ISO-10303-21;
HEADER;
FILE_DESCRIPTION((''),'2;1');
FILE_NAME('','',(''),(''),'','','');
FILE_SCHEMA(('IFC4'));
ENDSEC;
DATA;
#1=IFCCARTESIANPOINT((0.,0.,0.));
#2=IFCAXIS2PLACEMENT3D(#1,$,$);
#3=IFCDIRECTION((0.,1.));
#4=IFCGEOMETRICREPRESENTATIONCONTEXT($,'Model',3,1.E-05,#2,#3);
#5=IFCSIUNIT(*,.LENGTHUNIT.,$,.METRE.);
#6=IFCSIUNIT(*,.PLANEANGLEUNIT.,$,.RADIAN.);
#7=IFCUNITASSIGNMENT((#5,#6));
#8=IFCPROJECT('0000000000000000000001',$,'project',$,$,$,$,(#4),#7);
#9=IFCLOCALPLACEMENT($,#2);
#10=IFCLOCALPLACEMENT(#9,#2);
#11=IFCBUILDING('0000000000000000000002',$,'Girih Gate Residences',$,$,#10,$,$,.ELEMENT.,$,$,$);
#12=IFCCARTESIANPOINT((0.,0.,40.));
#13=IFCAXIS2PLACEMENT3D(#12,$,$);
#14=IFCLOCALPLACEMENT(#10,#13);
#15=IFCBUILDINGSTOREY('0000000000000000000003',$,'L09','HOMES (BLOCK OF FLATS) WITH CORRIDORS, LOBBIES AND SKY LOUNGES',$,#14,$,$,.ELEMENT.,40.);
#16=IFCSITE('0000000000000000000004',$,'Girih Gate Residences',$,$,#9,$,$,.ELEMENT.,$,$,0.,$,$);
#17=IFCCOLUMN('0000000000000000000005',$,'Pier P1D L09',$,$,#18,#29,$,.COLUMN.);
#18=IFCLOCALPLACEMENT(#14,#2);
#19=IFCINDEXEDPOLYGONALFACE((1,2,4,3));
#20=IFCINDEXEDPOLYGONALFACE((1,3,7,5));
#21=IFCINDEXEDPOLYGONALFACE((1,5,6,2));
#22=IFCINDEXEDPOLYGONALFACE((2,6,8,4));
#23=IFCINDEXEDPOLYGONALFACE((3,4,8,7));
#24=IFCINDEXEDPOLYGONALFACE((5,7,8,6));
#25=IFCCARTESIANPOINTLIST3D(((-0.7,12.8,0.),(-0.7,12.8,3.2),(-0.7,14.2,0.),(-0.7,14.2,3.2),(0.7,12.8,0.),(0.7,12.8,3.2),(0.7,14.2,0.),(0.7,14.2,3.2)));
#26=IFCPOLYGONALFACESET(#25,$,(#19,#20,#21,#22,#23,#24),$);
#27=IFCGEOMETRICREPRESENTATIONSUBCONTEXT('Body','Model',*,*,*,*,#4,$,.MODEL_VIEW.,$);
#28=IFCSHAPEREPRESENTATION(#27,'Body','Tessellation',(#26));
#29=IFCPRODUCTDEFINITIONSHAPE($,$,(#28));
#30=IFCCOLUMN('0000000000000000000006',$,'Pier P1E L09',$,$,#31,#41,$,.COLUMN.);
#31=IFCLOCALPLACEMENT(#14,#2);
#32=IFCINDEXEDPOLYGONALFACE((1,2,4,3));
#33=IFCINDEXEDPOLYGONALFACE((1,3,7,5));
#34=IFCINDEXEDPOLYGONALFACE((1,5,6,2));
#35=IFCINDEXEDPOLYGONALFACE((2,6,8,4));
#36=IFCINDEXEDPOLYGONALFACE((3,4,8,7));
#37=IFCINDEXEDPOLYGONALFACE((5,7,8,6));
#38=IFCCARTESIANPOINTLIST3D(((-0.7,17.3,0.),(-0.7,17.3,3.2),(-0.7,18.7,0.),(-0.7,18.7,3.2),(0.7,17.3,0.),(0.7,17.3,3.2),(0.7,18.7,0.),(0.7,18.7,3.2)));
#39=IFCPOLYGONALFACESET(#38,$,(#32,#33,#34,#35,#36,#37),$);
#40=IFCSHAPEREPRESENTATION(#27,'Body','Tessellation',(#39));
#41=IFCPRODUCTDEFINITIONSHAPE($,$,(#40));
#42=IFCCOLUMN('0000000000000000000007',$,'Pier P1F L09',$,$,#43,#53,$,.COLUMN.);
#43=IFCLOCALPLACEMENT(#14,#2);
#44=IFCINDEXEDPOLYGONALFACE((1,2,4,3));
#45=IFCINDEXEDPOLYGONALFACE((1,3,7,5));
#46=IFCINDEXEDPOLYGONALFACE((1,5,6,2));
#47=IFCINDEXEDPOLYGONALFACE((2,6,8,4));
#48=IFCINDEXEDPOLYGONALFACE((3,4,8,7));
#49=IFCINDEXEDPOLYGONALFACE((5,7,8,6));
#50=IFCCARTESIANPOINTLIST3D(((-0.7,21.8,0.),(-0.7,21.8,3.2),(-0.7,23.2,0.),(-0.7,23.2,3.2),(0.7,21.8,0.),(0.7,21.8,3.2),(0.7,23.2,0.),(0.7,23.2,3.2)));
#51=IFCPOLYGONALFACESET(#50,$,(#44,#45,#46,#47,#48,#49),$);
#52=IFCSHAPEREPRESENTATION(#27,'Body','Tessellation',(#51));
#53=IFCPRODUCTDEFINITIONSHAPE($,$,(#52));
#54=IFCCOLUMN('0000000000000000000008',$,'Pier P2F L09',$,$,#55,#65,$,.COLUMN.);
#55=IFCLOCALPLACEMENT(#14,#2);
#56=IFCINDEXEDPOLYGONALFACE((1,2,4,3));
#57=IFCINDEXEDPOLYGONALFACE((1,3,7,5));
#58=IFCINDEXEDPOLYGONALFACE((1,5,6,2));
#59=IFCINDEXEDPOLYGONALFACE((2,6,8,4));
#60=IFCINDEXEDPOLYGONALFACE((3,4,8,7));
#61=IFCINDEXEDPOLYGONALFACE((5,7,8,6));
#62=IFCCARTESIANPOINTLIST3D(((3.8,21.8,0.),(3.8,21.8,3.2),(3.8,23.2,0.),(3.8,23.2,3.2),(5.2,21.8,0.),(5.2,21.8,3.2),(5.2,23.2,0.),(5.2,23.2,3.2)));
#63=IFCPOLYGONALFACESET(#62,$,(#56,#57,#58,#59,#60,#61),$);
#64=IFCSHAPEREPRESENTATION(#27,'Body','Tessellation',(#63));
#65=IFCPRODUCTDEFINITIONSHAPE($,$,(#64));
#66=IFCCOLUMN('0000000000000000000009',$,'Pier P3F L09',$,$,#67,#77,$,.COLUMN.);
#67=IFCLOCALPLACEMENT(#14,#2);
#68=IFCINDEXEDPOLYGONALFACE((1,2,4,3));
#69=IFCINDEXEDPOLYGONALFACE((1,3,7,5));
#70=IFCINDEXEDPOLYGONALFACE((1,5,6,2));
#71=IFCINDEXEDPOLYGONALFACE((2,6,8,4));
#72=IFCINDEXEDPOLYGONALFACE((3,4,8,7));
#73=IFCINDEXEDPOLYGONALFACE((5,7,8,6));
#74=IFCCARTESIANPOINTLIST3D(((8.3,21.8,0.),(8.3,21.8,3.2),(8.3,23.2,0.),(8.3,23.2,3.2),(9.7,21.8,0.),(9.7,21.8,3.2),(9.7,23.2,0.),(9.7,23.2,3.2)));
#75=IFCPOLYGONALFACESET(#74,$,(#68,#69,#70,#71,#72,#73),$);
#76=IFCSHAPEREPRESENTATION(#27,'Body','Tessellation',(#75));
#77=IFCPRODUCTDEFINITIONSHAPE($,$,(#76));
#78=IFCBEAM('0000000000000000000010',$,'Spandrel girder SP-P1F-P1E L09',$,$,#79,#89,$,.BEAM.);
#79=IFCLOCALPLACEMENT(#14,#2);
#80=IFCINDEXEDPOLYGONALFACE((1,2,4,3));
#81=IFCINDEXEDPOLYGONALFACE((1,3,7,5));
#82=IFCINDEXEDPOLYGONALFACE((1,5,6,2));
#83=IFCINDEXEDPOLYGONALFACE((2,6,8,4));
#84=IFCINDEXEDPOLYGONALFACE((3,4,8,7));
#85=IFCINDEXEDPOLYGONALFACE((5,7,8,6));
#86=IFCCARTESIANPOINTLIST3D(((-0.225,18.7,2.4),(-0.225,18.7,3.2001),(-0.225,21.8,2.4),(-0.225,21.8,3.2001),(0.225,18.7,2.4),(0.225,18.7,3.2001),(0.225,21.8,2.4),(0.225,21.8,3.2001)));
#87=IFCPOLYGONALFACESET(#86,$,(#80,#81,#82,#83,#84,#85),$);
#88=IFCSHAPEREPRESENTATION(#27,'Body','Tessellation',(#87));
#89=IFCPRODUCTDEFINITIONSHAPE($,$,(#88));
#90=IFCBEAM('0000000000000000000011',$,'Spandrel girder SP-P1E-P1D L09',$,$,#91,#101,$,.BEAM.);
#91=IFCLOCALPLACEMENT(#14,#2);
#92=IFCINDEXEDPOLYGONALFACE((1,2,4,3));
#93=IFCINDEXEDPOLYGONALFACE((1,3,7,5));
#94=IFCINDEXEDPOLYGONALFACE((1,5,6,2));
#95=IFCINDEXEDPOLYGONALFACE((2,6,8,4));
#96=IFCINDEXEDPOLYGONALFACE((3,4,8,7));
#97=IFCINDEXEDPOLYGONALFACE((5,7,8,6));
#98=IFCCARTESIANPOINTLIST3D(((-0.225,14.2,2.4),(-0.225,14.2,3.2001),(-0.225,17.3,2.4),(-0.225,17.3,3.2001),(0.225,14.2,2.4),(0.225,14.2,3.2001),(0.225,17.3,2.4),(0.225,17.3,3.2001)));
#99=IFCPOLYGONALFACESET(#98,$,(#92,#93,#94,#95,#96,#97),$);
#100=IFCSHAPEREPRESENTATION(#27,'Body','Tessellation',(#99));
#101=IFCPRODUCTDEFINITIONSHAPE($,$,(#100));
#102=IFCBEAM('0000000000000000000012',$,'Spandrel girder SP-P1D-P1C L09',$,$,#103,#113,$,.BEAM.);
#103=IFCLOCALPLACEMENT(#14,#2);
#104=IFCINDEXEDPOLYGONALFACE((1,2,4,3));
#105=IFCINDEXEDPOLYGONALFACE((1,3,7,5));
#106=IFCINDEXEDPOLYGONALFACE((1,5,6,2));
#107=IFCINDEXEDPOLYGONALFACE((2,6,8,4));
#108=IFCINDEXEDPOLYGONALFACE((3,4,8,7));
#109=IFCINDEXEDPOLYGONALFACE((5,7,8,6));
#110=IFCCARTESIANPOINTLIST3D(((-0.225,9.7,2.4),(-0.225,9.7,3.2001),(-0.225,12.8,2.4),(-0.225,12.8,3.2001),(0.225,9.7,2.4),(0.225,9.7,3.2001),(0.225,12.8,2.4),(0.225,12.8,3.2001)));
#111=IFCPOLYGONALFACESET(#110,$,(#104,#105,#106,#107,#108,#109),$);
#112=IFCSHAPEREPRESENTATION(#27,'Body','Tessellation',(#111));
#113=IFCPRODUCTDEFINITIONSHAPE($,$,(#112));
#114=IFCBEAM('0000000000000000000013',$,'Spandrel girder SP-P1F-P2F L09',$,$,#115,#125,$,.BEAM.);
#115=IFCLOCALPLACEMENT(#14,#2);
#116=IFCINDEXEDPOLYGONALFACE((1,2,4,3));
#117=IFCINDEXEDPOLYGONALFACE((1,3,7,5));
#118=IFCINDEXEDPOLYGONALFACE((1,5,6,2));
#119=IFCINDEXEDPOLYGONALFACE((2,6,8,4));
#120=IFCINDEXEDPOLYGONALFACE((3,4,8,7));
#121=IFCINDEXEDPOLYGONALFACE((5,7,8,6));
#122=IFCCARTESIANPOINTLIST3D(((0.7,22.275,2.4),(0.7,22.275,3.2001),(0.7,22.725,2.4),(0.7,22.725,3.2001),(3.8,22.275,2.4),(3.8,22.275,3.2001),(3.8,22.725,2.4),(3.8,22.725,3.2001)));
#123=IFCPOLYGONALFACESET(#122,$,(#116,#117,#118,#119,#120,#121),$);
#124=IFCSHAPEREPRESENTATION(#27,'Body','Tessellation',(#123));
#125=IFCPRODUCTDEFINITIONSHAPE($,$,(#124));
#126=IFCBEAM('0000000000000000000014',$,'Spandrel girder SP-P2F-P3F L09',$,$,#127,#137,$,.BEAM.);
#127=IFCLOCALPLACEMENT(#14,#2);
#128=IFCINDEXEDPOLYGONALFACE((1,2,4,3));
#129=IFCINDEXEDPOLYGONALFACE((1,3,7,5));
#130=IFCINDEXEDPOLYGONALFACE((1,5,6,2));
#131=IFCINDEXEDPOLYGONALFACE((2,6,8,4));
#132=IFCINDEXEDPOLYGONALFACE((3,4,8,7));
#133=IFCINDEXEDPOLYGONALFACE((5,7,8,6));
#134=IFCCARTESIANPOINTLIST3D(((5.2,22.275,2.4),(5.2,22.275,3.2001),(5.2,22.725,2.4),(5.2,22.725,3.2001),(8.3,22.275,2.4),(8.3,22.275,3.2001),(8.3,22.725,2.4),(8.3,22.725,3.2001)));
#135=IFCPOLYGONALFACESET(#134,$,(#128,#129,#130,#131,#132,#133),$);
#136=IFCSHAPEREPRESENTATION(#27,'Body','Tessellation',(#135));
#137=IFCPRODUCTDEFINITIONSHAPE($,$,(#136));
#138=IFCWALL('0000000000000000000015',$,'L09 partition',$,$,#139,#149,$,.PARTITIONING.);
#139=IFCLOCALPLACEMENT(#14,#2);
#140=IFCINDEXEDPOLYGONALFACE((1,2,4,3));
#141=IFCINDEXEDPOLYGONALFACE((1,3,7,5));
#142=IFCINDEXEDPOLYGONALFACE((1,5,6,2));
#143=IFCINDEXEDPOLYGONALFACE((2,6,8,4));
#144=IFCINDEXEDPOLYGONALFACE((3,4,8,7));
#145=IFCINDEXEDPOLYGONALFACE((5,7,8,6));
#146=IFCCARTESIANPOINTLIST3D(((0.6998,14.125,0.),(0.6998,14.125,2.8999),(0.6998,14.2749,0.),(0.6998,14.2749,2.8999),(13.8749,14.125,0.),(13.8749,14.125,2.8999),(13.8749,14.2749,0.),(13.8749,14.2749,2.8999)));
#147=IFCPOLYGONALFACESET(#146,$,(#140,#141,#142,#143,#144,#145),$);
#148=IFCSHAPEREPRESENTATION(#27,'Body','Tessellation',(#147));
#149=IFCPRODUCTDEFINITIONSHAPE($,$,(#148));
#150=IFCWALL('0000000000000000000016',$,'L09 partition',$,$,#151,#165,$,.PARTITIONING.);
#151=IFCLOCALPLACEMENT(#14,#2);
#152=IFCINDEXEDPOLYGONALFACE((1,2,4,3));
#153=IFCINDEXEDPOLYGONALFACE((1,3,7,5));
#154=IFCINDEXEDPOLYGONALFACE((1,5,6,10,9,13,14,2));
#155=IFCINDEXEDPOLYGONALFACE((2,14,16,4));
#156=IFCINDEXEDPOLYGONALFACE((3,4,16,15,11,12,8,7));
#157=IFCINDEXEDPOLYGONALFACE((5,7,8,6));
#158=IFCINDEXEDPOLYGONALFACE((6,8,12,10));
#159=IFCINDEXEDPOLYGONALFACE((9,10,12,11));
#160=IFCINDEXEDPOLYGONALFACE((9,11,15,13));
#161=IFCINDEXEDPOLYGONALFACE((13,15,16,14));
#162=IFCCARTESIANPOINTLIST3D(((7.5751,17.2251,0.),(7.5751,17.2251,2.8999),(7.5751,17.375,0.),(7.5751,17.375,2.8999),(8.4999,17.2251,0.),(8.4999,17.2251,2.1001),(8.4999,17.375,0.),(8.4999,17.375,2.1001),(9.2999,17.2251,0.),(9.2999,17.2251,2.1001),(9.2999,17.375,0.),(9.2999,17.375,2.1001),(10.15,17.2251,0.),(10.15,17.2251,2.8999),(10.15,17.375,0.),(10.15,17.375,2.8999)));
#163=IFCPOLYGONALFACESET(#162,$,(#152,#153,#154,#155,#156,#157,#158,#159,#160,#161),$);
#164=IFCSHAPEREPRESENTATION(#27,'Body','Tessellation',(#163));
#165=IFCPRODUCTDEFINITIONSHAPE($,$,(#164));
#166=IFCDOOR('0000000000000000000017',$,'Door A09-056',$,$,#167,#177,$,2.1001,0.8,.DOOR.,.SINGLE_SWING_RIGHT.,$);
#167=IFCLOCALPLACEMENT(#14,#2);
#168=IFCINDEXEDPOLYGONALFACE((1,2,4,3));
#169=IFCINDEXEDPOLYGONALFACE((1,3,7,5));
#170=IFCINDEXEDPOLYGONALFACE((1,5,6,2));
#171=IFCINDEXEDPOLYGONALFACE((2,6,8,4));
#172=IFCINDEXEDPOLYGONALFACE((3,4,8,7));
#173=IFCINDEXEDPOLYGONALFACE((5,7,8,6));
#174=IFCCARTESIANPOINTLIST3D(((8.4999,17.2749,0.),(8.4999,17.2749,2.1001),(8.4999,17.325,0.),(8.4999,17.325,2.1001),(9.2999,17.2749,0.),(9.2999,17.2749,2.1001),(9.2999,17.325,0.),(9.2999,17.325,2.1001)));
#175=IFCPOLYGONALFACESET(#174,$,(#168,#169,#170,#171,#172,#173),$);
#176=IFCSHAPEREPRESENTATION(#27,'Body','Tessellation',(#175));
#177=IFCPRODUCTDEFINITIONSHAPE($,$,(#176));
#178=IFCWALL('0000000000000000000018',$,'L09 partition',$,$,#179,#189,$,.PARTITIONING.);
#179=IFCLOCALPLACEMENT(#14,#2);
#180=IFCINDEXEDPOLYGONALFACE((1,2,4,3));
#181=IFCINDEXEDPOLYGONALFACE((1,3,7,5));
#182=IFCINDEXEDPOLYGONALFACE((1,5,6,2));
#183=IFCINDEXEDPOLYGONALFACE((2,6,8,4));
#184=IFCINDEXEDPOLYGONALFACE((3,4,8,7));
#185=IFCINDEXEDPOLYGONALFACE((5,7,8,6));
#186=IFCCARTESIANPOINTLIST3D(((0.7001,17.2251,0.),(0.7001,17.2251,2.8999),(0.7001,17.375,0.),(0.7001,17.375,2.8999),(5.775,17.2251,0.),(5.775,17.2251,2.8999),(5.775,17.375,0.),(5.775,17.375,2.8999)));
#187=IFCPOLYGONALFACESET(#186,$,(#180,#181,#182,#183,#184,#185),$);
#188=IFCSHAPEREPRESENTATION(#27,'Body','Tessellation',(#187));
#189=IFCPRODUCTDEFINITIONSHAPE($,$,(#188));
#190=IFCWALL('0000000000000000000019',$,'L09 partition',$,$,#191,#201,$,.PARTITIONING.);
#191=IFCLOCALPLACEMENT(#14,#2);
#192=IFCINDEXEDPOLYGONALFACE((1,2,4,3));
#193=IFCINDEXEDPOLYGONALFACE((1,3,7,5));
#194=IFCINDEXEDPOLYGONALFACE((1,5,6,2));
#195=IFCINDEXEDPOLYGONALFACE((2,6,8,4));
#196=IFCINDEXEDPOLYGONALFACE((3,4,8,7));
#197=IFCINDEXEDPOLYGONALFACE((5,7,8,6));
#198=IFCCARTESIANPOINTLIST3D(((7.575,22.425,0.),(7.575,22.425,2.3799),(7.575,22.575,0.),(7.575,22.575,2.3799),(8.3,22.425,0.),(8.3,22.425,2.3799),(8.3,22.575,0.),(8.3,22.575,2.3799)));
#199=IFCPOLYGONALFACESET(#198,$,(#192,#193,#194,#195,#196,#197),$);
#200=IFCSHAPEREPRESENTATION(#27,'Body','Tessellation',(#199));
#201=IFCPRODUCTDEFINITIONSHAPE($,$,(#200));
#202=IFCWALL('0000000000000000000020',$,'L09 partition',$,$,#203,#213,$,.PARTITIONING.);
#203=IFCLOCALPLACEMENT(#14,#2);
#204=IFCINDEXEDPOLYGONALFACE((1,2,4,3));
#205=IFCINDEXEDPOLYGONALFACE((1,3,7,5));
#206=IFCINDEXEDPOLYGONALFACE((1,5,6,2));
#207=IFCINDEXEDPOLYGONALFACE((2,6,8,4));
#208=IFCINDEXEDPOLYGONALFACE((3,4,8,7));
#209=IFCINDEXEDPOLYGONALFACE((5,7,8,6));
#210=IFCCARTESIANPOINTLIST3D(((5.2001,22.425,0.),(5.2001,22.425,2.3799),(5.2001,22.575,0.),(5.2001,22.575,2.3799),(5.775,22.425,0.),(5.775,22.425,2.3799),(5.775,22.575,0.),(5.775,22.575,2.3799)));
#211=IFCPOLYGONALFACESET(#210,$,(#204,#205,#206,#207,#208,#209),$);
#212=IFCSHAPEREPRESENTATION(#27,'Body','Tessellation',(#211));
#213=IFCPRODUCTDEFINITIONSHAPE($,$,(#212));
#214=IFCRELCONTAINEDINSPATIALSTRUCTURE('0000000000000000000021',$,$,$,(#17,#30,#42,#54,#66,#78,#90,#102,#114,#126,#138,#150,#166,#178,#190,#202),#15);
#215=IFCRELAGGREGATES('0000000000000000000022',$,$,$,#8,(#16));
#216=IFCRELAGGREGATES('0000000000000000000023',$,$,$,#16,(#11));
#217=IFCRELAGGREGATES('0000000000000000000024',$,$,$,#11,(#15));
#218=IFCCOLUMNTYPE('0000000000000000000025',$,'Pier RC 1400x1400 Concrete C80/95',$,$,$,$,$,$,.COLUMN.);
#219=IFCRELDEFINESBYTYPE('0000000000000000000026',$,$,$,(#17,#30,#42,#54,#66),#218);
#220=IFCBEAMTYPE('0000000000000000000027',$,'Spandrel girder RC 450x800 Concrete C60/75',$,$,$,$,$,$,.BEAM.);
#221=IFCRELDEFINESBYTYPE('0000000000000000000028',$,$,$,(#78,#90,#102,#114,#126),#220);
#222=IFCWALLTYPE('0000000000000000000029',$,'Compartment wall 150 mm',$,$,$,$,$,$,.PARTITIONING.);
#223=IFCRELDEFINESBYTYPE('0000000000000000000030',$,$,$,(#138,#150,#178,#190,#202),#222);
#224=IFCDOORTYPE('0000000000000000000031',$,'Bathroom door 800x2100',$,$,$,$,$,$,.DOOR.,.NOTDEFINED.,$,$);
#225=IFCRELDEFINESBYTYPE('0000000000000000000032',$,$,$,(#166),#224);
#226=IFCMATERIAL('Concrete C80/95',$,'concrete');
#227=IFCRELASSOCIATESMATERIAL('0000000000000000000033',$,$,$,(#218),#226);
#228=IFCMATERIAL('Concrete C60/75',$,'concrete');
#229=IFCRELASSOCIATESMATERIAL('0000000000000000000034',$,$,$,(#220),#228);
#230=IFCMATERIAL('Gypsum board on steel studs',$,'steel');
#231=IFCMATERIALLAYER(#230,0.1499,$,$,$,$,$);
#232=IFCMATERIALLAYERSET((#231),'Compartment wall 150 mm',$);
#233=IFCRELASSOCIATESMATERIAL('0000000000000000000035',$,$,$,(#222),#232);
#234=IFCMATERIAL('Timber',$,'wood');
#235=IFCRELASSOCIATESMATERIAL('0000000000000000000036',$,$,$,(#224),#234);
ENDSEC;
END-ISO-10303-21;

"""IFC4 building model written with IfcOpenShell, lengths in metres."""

from ifc_helpers import new_model, si_unit, direction, frame, frame_2d, origin, origin_2d, place, context, subcontext, project, spatial, rectangle, extrude, material, layer, layer_set, material_profile, profile_set, type_object, element, fill, save


model = new_model("IFC4")

# Units and contexts
model_context = context("Model", 3, precision=1e-05, world=origin(), true_north=direction((0.0, 1.0)))
body_context = subcontext(model_context, "Body", "Model", "MODEL_VIEW")
ifc_project = project(units=[si_unit("LENGTHUNIT", "METRE"), si_unit("PLANEANGLEUNIT", "RADIAN")], contexts=[model_context])

# Site, building, storey
site_placement = place(None, origin())
site = spatial("IfcSite", under=ifc_project, at=site_placement, Name="Girih Gate Residences", CompositionType="ELEMENT", RefElevation=0.0)
building_placement = place(site_placement, origin())
building = spatial("IfcBuilding", under=site, at=building_placement, Name="Girih Gate Residences", CompositionType="ELEMENT")
storey_placement = place(building_placement, frame((0.0, 0.0, 40.0)))
storey = spatial("IfcBuildingStorey", under=building, at=storey_placement, Name="L09", Description="HOMES (BLOCK OF FLATS) WITH CORRIDORS, LOBBIES AND SKY LOUNGES", CompositionType="ELEMENT", Elevation=40.0)

# Columns
ifc_material_1 = material(Name="Concrete C80/95", Category="concrete")
ifc_material_profile_1 = material_profile(ifc_material_1, rectangle(XDim=1.3999, YDim=1.3999, at=origin_2d()))
ifc_profile_set_1 = profile_set([ifc_material_profile_1], Name="Concrete C80/95")
column_type = type_object("IfcColumnType", Name="Pier RC 1400x1400 Concrete C80/95", PredefinedType="COLUMN", material=ifc_profile_set_1)
for number, where, z_axis, x_axis, name in (
    (1, (0.0, 13.5, 0.0), (0.0, 0.0, 1.0), (1.0, 0.0, 0.0), "Pier P1D L09"),
    (2, (0.0, 18.0, 0.0), (0.0, 0.0, 1.0), (1.0, 0.0, 0.0), "Pier P1E L09"),
    (3, (0.0, 22.5, 0.0), (0.0, 0.0, 1.0), (1.0, 0.0, 0.0), "Pier P1F L09"),
    (4, (4.5, 22.5, 0.0), (0.0, 0.0, 1.0), (1.0, 0.0, 0.0), "Pier P2F L09"),
    (5, (9.0, 22.5, 0.0), (0.0, 0.0, 1.0), (1.0, 0.0, 0.0), "Pier P3F L09"),
):
    element("IfcColumn", number, at=place(storey_placement, frame(where, z_axis=z_axis, x_axis=x_axis)), inside=storey, type_object=column_type, Name=name, PredefinedType="COLUMN", context=body_context, shape_type="SweptSolid", body=[
        extrude(rectangle(XDim=1.3999, YDim=1.3999, at=origin_2d()), origin(), (0.0, 0.0, 1.0), 3.2),
    ])

# Beams
ifc_material_2 = material(Name="Concrete C60/75", Category="concrete")
ifc_material_profile_2 = material_profile(ifc_material_2, rectangle(XDim=0.45, YDim=0.8, at=origin_2d()))
ifc_profile_set_2 = profile_set([ifc_material_profile_2], Name="Concrete C60/75")
beam_type = type_object("IfcBeamType", Name="Spandrel girder RC 450x800 Concrete C60/75", PredefinedType="BEAM", material=ifc_profile_set_2)
for number, where, z_axis, x_axis, name in (
    (6, (0.0, 21.8, 2.8), (0.0, -1.0, 0.0), (1.0, 0.0, 0.0), "Spandrel girder SP-P1F-P1E L09"),
    (7, (0.0, 17.3, 2.8), (0.0, -1.0, 0.0), (1.0, 0.0, 0.0), "Spandrel girder SP-P1E-P1D L09"),
    (8, (0.0, 12.8, 2.8), (0.0, -1.0, 0.0), (1.0, 0.0, 0.0), "Spandrel girder SP-P1D-P1C L09"),
    (9, (0.7, 22.5, 2.8), (1.0, 0.0, 0.0), (0.0, 1.0, 0.0), "Spandrel girder SP-P1F-P2F L09"),
    (10, (5.2, 22.5, 2.8), (1.0, 0.0, 0.0), (0.0, 1.0, 0.0), "Spandrel girder SP-P2F-P3F L09"),
):
    element("IfcBeam", number, at=place(storey_placement, frame(where, z_axis=z_axis, x_axis=x_axis)), inside=storey, type_object=beam_type, Name=name, PredefinedType="BEAM", context=body_context, shape_type="SweptSolid", body=[
        extrude(rectangle(XDim=0.45, YDim=0.8, at=origin_2d()), origin(), (0.0, 0.0, 1.0), 3.1001),
    ])

# Wall
ifc_material_3 = material(Name="Gypsum board on steel studs", Category="steel")
ifc_layer_1 = layer(ifc_material_3, 0.1499)
ifc_layer_set_1 = layer_set([ifc_layer_1], Name="Compartment wall 150 mm")
wall_type_1 = type_object("IfcWallType", Name="Compartment wall 150 mm", PredefinedType="PARTITIONING", material=ifc_layer_set_1)
wall_1_placement = place(storey_placement, frame((0.7, 14.2, 0.0), z_axis=(0.0, 0.0, 1.0), x_axis=(1.0, 0.0, 0.0)))
element("IfcWall", 11, at=wall_1_placement, inside=storey, type_object=wall_type_1, Name="L09 partition", PredefinedType="PARTITIONING", context=body_context, shape_type="SweptSolid", body=[
    extrude(rectangle(XDim=13.175, YDim=0.1499, at=frame_2d((6.5874, 0.0))), origin(), (0.0, 0.0, 1.0), 2.8999),
])

# Wall, opening, door
wall_2_placement = place(storey_placement, frame((7.575, 17.3, 0.0), z_axis=(0.0, 0.0, 1.0), x_axis=(1.0, 0.0, 0.0)))
wall_2 = element("IfcWall", 12, at=wall_2_placement, inside=storey, type_object=wall_type_1, Name="L09 partition", PredefinedType="PARTITIONING", context=body_context, shape_type="SweptSolid", body=[
    extrude(rectangle(XDim=2.575, YDim=0.1499, at=frame_2d((1.2876, 0.0))), origin(), (0.0, 0.0, 1.0), 2.8999),
])
opening_1_placement = place(wall_2_placement, frame((0.925, 0.0, 0.0)))
opening_1 = element("IfcOpeningElement", 13, at=opening_1_placement, cuts=wall_2, PredefinedType="OPENING", context=body_context, shape_type="SweptSolid", body=[
    extrude(rectangle(XDim=0.8, YDim=2.1001, at=frame_2d((0.3999, 1.05))), frame((0.0, 0.085, 0.0), z_axis=(0.0, -1.0, 0.0), x_axis=(1.0, 0.0, 0.0)), (0.0, 0.0, 1.0), 0.1699),
])
ifc_material_4 = material(Name="Timber", Category="wood")
door_type_1 = type_object("IfcDoorType", Name="Bathroom door 800x2100", OperationType="NOTDEFINED", PredefinedType="DOOR", material=ifc_material_4)
door_1_placement = place(opening_1_placement, origin())
door_1 = element("IfcDoor", 14, at=door_1_placement, inside=storey, type_object=door_type_1, Name="Door A09-056", OperationType="SINGLE_SWING_RIGHT", OverallHeight=2.1001, OverallWidth=0.8, PredefinedType="DOOR", context=body_context, shape_type="SweptSolid", body=[
    extrude(rectangle(XDim=0.8, YDim=2.1001, at=frame_2d((0.3999, 1.05))), frame((0.0, 0.0249, 0.0), z_axis=(0.0, -1.0, 0.0), x_axis=(1.0, 0.0, 0.0)), (0.0, 0.0, 1.0), 0.05),
])
fill(opening_1, door_1)

# Walls
wall_3_placement = place(storey_placement, frame((0.7, 17.3, 0.0), z_axis=(0.0, 0.0, 1.0), x_axis=(1.0, 0.0, 0.0)))
element("IfcWall", 15, at=wall_3_placement, inside=storey, type_object=wall_type_1, Name="L09 partition", PredefinedType="PARTITIONING", context=body_context, shape_type="SweptSolid", body=[
    extrude(rectangle(XDim=5.075, YDim=0.1499, at=frame_2d((2.5376, 0.0))), origin(), (0.0, 0.0, 1.0), 2.8999),
])
wall_4_placement = place(storey_placement, frame((7.575, 22.5, 0.0), z_axis=(0.0, 0.0, 1.0), x_axis=(1.0, 0.0, 0.0)))
element("IfcWall", 16, at=wall_4_placement, inside=storey, type_object=wall_type_1, Name="L09 partition", PredefinedType="PARTITIONING", context=body_context, shape_type="SweptSolid", body=[
    extrude(rectangle(XDim=0.7251, YDim=0.1499, at=frame_2d((0.3625, 0.0))), origin(), (0.0, 0.0, 1.0), 2.3799),
])
wall_5_placement = place(storey_placement, frame((5.2, 22.5, 0.0), z_axis=(0.0, 0.0, 1.0), x_axis=(1.0, 0.0, 0.0)))
element("IfcWall", 17, at=wall_5_placement, inside=storey, type_object=wall_type_1, Name="L09 partition", PredefinedType="PARTITIONING", context=body_context, shape_type="SweptSolid", body=[
    extrude(rectangle(XDim=0.575, YDim=0.1499, at=frame_2d((0.2876, 0.0))), origin(), (0.0, 0.0, 1.0), 2.3799),
])

save(model, "model.ifc")
